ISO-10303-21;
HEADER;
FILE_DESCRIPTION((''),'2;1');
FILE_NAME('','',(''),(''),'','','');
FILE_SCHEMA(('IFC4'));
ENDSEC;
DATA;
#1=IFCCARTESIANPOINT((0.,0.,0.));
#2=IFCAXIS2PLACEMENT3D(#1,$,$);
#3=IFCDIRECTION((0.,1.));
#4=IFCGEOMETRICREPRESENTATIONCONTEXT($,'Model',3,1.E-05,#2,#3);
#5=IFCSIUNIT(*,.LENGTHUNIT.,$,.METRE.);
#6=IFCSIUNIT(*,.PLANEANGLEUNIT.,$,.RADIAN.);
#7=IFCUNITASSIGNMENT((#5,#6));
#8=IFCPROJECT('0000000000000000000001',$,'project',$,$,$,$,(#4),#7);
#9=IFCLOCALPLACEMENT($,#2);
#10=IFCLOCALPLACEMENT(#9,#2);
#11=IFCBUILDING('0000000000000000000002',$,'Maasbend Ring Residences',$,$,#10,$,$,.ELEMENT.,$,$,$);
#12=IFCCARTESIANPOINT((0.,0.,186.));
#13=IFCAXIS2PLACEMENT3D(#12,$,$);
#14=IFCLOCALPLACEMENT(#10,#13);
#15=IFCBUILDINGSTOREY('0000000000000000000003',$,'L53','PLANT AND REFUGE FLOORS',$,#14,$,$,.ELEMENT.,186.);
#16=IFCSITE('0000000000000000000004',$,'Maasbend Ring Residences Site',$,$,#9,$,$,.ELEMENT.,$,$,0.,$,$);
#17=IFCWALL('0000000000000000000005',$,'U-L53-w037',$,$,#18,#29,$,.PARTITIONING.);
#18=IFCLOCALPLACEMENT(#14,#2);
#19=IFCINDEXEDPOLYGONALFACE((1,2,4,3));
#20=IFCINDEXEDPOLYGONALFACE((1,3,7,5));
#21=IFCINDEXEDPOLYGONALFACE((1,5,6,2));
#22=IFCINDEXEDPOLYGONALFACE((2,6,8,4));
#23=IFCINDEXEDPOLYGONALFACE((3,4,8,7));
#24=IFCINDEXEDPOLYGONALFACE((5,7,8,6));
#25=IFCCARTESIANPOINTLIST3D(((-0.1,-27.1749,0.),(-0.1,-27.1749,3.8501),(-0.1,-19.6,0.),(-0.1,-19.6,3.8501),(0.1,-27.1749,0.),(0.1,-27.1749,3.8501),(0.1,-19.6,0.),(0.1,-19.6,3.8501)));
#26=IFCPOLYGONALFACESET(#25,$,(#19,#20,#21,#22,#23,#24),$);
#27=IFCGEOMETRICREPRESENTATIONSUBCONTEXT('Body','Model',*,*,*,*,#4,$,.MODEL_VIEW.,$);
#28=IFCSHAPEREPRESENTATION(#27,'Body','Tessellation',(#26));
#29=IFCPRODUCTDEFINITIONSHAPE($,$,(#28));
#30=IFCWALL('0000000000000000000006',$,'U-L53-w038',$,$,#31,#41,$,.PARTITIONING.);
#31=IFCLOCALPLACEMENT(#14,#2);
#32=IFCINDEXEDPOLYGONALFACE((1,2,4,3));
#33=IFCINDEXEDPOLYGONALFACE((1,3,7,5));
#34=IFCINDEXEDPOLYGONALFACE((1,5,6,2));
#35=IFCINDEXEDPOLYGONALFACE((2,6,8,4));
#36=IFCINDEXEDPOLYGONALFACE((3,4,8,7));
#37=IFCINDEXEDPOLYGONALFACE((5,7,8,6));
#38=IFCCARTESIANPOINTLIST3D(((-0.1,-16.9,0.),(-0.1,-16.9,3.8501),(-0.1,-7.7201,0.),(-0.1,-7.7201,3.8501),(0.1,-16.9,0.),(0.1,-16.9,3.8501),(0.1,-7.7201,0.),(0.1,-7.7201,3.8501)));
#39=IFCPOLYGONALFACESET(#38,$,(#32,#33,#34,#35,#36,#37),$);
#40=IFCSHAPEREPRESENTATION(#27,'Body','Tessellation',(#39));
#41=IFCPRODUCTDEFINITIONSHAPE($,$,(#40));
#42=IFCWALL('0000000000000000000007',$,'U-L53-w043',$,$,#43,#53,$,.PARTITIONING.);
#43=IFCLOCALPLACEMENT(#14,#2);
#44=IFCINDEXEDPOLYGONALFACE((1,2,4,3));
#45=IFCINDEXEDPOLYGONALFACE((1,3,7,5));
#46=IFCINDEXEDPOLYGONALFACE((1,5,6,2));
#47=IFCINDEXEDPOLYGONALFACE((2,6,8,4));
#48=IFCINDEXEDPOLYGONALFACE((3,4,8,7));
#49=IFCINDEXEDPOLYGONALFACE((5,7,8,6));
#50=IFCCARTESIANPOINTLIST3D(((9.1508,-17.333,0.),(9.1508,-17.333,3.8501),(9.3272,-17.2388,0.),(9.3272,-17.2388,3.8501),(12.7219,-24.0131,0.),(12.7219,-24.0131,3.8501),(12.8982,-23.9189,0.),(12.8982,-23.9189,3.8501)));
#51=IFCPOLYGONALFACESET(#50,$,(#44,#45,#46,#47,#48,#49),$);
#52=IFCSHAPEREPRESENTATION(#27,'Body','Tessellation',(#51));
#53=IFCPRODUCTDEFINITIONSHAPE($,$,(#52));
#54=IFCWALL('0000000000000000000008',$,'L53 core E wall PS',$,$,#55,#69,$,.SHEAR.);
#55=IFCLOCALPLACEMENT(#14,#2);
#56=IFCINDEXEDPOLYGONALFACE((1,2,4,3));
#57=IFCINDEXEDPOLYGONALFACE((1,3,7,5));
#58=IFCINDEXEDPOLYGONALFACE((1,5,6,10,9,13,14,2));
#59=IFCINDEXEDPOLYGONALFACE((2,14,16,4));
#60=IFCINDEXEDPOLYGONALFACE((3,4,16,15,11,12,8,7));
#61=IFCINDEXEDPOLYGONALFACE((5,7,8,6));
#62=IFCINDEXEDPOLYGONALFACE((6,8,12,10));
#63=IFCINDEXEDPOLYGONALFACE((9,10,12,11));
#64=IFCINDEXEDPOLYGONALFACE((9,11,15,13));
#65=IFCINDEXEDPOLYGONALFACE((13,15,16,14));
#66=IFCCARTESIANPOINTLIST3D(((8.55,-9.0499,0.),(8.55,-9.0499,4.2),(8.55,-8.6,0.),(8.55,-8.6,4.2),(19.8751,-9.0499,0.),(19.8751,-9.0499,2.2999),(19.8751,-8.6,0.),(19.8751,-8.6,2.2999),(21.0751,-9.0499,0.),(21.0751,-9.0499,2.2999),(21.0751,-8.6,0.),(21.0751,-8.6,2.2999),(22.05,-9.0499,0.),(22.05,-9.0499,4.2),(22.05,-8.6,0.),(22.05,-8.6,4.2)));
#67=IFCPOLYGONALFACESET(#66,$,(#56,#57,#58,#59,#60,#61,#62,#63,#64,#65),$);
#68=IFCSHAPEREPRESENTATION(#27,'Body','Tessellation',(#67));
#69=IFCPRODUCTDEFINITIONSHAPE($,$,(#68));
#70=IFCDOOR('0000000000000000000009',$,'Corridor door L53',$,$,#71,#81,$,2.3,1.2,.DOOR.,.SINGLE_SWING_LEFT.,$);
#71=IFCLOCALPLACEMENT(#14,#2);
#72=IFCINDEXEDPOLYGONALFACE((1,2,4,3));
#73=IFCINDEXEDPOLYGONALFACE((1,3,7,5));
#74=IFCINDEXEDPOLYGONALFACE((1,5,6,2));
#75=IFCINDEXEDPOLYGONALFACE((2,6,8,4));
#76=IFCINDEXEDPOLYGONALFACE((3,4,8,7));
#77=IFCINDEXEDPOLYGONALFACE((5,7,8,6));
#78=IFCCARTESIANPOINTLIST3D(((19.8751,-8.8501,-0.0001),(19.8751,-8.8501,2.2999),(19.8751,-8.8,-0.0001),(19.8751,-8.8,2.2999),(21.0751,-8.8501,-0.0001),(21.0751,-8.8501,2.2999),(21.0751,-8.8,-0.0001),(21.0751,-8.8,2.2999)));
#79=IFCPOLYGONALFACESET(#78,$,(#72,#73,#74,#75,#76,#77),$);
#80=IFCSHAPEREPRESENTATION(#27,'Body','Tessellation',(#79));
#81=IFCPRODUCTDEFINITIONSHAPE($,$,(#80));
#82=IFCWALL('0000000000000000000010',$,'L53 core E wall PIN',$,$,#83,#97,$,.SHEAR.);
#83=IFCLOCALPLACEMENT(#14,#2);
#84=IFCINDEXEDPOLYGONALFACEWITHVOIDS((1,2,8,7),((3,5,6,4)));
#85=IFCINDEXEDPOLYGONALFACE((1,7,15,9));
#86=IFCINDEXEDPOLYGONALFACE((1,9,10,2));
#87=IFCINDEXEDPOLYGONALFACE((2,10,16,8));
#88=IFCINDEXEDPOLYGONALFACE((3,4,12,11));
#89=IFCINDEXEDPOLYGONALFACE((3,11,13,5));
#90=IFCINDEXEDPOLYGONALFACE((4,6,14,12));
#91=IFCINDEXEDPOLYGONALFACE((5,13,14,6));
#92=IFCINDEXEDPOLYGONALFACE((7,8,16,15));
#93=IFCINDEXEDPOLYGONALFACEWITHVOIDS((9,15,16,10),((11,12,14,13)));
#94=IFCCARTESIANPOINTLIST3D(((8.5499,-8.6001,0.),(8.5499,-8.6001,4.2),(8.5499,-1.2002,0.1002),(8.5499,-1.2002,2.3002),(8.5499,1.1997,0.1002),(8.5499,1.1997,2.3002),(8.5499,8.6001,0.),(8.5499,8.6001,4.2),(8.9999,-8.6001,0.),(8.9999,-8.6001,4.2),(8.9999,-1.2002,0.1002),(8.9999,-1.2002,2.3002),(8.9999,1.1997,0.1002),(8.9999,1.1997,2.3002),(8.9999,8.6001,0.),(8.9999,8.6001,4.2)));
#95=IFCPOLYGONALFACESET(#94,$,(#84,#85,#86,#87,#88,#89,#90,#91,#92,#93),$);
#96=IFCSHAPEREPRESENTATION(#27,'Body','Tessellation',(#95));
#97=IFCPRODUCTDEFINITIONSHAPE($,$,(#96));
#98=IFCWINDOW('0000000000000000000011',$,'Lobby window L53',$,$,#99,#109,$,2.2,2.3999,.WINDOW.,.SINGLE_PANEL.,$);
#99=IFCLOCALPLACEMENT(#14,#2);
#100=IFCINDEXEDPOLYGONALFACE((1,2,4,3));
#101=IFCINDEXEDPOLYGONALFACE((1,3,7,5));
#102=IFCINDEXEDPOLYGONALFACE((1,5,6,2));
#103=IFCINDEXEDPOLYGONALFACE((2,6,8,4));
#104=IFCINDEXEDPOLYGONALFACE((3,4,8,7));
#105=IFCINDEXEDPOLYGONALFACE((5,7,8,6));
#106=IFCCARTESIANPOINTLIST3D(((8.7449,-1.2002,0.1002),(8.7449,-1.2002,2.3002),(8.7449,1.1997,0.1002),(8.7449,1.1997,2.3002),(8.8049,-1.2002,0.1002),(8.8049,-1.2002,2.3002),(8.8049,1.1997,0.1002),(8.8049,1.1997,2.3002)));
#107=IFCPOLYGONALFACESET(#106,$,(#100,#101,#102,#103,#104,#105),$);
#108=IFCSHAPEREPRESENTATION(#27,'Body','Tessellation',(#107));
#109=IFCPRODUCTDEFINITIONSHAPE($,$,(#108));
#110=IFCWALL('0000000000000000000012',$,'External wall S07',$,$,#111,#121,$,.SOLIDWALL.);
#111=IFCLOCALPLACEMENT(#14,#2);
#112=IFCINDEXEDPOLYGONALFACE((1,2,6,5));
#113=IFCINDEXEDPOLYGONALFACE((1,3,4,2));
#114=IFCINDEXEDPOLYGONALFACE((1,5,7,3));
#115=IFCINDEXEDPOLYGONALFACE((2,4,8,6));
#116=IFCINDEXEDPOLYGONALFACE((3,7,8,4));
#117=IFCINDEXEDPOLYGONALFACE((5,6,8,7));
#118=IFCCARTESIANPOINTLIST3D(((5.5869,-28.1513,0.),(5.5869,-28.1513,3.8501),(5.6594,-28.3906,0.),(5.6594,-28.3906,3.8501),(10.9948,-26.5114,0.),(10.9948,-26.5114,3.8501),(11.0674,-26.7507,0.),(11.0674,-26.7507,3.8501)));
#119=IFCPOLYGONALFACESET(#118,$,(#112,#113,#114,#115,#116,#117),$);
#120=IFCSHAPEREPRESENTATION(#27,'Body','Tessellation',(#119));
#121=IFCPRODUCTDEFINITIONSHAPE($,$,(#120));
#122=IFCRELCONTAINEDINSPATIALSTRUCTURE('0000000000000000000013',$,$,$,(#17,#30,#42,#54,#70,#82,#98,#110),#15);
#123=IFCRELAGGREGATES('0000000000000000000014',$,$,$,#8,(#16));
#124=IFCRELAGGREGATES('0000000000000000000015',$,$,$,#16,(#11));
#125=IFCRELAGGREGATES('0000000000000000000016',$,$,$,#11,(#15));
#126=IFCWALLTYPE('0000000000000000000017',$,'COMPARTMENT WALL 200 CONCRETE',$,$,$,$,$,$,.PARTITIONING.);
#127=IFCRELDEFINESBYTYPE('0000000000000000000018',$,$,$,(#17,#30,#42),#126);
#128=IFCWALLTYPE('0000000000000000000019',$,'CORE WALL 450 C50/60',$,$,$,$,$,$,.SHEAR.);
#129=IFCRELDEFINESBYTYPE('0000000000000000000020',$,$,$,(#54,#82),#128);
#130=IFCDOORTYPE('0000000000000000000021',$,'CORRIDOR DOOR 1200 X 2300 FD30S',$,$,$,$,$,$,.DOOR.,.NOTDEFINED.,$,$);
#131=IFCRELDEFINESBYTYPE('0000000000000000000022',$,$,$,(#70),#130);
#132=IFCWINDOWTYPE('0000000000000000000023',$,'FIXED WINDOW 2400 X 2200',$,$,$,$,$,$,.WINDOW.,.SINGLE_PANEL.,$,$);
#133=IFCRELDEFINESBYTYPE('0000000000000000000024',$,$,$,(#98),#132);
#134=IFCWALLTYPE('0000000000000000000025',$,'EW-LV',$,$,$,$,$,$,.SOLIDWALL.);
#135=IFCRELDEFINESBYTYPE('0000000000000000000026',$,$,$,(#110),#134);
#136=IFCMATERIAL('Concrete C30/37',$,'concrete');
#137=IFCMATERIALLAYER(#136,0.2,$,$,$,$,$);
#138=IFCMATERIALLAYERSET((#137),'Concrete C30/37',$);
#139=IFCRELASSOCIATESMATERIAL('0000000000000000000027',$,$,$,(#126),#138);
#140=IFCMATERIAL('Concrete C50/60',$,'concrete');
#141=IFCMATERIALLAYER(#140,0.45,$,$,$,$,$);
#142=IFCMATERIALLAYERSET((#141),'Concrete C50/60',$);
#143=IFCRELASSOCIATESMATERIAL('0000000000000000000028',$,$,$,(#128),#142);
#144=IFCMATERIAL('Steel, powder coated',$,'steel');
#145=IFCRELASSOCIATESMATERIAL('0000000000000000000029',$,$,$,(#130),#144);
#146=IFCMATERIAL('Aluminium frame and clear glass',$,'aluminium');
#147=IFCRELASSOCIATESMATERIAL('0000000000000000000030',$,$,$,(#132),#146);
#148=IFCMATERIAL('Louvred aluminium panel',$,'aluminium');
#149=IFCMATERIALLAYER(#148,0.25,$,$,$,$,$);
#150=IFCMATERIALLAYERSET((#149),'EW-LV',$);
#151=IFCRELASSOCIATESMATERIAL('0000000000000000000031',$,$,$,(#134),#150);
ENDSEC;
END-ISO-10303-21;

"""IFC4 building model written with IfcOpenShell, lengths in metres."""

from ifc_helpers import new_model, si_unit, direction, frame, frame_2d, origin, place, context, subcontext, project, spatial, rectangle, extrude, material, layer, layer_set, type_object, element, fill, save


model = new_model("IFC4")

# Units and contexts
model_context = context("Model", 3, precision=1e-05, world=origin(), true_north=direction((0.0, 1.0)))
body_context = subcontext(model_context, "Body", "Model", "MODEL_VIEW")
ifc_project = project(units=[si_unit("LENGTHUNIT", "METRE"), si_unit("PLANEANGLEUNIT", "RADIAN")], contexts=[model_context])

# Site, building, storey
site_placement = place(None, origin())
site = spatial("IfcSite", under=ifc_project, at=site_placement, Name="Maasbend Ring Residences Site", CompositionType="ELEMENT", RefElevation=0.0)
building_placement = place(site_placement, origin())
building = spatial("IfcBuilding", under=site, at=building_placement, Name="Maasbend Ring Residences", CompositionType="ELEMENT")
storey_placement = place(building_placement, frame((0.0, 0.0, 186.0)))
storey = spatial("IfcBuildingStorey", under=building, at=storey_placement, Name="L53", Description="PLANT AND REFUGE FLOORS", CompositionType="ELEMENT", Elevation=186.0)

# Shared definitions
ifc_material_1 = material(Name="Concrete C30/37", Category="concrete")
ifc_layer_1 = layer(ifc_material_1, 0.2)
ifc_layer_set_1 = layer_set([ifc_layer_1], Name="Concrete C30/37")
wall_type_1 = type_object("IfcWallType", Name="COMPARTMENT WALL 200 CONCRETE", PredefinedType="PARTITIONING", material=ifc_layer_set_1)

# Walls
wall_1_placement = place(storey_placement, frame((0.0, -27.175, 0.0), z_axis=(0.0, 0.0, 1.0), x_axis=(0.0, 1.0, 0.0)))
element("IfcWall", 1, at=wall_1_placement, inside=storey, type_object=wall_type_1, Name="U-L53-w037", PredefinedType="PARTITIONING", context=body_context, shape_type="SweptSolid", body=[
    extrude(rectangle(XDim=7.575, YDim=0.2, at=frame_2d((3.7876, 0.0))), origin(), (0.0, 0.0, 1.0), 3.8501),
])
wall_2_placement = place(storey_placement, frame((0.0, -16.8999, 0.0), z_axis=(0.0, 0.0, 1.0), x_axis=(0.0, 1.0, 0.0)))
element("IfcWall", 2, at=wall_2_placement, inside=storey, type_object=wall_type_1, Name="U-L53-w038", PredefinedType="PARTITIONING", context=body_context, shape_type="SweptSolid", body=[
    extrude(rectangle(XDim=9.1799, YDim=0.2, at=frame_2d((4.5898, 0.0))), origin(), (0.0, 0.0, 1.0), 3.8501),
])
wall_3_placement = place(storey_placement, frame((9.239, -17.2859, 0.0), z_axis=(0.0, 0.0, 1.0), x_axis=(0.47144, -0.881898, 0.0)))
element("IfcWall", 3, at=wall_3_placement, inside=storey, type_object=wall_type_1, Name="U-L53-w043", PredefinedType="PARTITIONING", context=body_context, shape_type="SweptSolid", body=[
    extrude(rectangle(XDim=7.5747, YDim=0.2, at=frame_2d((3.7874, 0.0))), origin(), (0.0, 0.0, 1.0), 3.8501),
])

# Wall, opening, door
ifc_material_2 = material(Name="Concrete C50/60", Category="concrete")
ifc_layer_2 = layer(ifc_material_2, 0.45)
ifc_layer_set_2 = layer_set([ifc_layer_2], Name="Concrete C50/60")
wall_type_2 = type_object("IfcWallType", Name="CORE WALL 450 C50/60", PredefinedType="SHEAR", material=ifc_layer_set_2)
wall_4_placement = place(storey_placement, frame((8.55, -8.825, 0.0), z_axis=(0.0, 0.0, 1.0), x_axis=(1.0, 0.0, 0.0)))
wall_4 = element("IfcWall", 4, at=wall_4_placement, inside=storey, type_object=wall_type_2, Name="L53 core E wall PS", PredefinedType="SHEAR", context=body_context, shape_type="SweptSolid", body=[
    extrude(rectangle(XDim=13.5, YDim=0.45, at=frame_2d((6.75, 0.0))), origin(), (0.0, 0.0, 1.0), 4.2),
])
opening_1_placement = place(wall_4_placement, frame((11.325, 0.0, 0.0)))
opening_1 = element("IfcOpeningElement", 5, at=opening_1_placement, cuts=wall_4, PredefinedType="OPENING", context=body_context, shape_type="SweptSolid", body=[
    extrude(rectangle(XDim=1.2, YDim=2.3, at=frame_2d((0.6001, 1.1499))), frame((0.0, 0.2349, 0.0), z_axis=(0.0, -1.0, 0.0), x_axis=(1.0, 0.0, 0.0)), (0.0, 0.0, 1.0), 0.47),
])
ifc_material_3 = material(Name="Steel, powder coated", Category="steel")
door_type_1 = type_object("IfcDoorType", Name="CORRIDOR DOOR 1200 X 2300 FD30S", OperationType="NOTDEFINED", PredefinedType="DOOR", material=ifc_material_3)
door_1_placement = place(opening_1_placement, origin())
door_1 = element("IfcDoor", 6, at=door_1_placement, inside=storey, type_object=door_type_1, Name="Corridor door L53", OperationType="SINGLE_SWING_LEFT", OverallHeight=2.3, OverallWidth=1.2, PredefinedType="DOOR", context=body_context, shape_type="SweptSolid", body=[
    extrude(rectangle(XDim=1.2, YDim=2.3, at=frame_2d((0.6001, 1.1499))), frame((0.0, 0.0249, 0.0), z_axis=(0.0, -1.0, 0.0), x_axis=(1.0, 0.0, 0.0)), (0.0, 0.0, 1.0), 0.05),
])
fill(opening_1, door_1)

# Wall, opening, window
wall_5_placement = place(storey_placement, frame((8.7749, -8.6001, 0.0), z_axis=(0.0, 0.0, 1.0), x_axis=(0.0, 1.0, 0.0)))
wall_5 = element("IfcWall", 7, at=wall_5_placement, inside=storey, type_object=wall_type_2, Name="L53 core E wall PIN", PredefinedType="SHEAR", context=body_context, shape_type="SweptSolid", body=[
    extrude(rectangle(XDim=17.2002, YDim=0.45, at=frame_2d((8.6001, 0.0))), origin(), (0.0, 0.0, 1.0), 4.2),
])
opening_2_placement = place(wall_5_placement, frame((7.3999, 0.0, 0.1001)))
opening_2 = element("IfcOpeningElement", 8, at=opening_2_placement, cuts=wall_5, PredefinedType="OPENING", context=body_context, shape_type="SweptSolid", body=[
    extrude(rectangle(XDim=2.3999, YDim=2.2, at=frame_2d((1.2, 1.1001))), frame((0.0, 0.2349, 0.0), z_axis=(0.0, -1.0, 0.0), x_axis=(1.0, 0.0, 0.0)), (0.0, 0.0, 1.0), 0.47),
])
ifc_material_4 = material(Name="Aluminium frame and clear glass", Category="aluminium")
window_type = type_object("IfcWindowType", Name="FIXED WINDOW 2400 X 2200", PartitioningType="SINGLE_PANEL", PredefinedType="WINDOW", material=ifc_material_4)
window_placement = place(opening_2_placement, origin())
window = element("IfcWindow", 9, at=window_placement, inside=storey, type_object=window_type, Name="Lobby window L53", OverallHeight=2.2, OverallWidth=2.3999, PartitioningType="SINGLE_PANEL", PredefinedType="WINDOW", context=body_context, shape_type="SweptSolid", body=[
    extrude(rectangle(XDim=2.3999, YDim=2.2, at=frame_2d((1.2, 1.1001))), frame((0.0, 0.03, 0.0), z_axis=(0.0, -1.0, 0.0), x_axis=(1.0, 0.0, 0.0)), (0.0, 0.0, 1.0), 0.0601),
])
fill(opening_2, window)

# Wall
ifc_material_5 = material(Name="Louvred aluminium panel", Category="aluminium")
ifc_layer_3 = layer(ifc_material_5, 0.25)
ifc_layer_set_3 = layer_set([ifc_layer_3], Name="EW-LV")
wall_type_3 = type_object("IfcWallType", Name="EW-LV", PredefinedType="SOLIDWALL", material=ifc_layer_set_3)
wall_6_placement = place(storey_placement, frame((5.623, -28.271, 0.0), z_axis=(0.0, 0.0, 1.0), x_axis=(0.95697, 0.290188, 0.0)))
element("IfcWall", 10, at=wall_6_placement, inside=storey, type_object=wall_type_3, Name="External wall S07", PredefinedType="SOLIDWALL", context=body_context, shape_type="SweptSolid", body=[
    extrude(rectangle(XDim=5.6511, YDim=0.25, at=frame_2d((2.8257, 0.0))), origin(), (0.0, 0.0, 1.0), 3.8501),
])

save(model, "model.ifc")
